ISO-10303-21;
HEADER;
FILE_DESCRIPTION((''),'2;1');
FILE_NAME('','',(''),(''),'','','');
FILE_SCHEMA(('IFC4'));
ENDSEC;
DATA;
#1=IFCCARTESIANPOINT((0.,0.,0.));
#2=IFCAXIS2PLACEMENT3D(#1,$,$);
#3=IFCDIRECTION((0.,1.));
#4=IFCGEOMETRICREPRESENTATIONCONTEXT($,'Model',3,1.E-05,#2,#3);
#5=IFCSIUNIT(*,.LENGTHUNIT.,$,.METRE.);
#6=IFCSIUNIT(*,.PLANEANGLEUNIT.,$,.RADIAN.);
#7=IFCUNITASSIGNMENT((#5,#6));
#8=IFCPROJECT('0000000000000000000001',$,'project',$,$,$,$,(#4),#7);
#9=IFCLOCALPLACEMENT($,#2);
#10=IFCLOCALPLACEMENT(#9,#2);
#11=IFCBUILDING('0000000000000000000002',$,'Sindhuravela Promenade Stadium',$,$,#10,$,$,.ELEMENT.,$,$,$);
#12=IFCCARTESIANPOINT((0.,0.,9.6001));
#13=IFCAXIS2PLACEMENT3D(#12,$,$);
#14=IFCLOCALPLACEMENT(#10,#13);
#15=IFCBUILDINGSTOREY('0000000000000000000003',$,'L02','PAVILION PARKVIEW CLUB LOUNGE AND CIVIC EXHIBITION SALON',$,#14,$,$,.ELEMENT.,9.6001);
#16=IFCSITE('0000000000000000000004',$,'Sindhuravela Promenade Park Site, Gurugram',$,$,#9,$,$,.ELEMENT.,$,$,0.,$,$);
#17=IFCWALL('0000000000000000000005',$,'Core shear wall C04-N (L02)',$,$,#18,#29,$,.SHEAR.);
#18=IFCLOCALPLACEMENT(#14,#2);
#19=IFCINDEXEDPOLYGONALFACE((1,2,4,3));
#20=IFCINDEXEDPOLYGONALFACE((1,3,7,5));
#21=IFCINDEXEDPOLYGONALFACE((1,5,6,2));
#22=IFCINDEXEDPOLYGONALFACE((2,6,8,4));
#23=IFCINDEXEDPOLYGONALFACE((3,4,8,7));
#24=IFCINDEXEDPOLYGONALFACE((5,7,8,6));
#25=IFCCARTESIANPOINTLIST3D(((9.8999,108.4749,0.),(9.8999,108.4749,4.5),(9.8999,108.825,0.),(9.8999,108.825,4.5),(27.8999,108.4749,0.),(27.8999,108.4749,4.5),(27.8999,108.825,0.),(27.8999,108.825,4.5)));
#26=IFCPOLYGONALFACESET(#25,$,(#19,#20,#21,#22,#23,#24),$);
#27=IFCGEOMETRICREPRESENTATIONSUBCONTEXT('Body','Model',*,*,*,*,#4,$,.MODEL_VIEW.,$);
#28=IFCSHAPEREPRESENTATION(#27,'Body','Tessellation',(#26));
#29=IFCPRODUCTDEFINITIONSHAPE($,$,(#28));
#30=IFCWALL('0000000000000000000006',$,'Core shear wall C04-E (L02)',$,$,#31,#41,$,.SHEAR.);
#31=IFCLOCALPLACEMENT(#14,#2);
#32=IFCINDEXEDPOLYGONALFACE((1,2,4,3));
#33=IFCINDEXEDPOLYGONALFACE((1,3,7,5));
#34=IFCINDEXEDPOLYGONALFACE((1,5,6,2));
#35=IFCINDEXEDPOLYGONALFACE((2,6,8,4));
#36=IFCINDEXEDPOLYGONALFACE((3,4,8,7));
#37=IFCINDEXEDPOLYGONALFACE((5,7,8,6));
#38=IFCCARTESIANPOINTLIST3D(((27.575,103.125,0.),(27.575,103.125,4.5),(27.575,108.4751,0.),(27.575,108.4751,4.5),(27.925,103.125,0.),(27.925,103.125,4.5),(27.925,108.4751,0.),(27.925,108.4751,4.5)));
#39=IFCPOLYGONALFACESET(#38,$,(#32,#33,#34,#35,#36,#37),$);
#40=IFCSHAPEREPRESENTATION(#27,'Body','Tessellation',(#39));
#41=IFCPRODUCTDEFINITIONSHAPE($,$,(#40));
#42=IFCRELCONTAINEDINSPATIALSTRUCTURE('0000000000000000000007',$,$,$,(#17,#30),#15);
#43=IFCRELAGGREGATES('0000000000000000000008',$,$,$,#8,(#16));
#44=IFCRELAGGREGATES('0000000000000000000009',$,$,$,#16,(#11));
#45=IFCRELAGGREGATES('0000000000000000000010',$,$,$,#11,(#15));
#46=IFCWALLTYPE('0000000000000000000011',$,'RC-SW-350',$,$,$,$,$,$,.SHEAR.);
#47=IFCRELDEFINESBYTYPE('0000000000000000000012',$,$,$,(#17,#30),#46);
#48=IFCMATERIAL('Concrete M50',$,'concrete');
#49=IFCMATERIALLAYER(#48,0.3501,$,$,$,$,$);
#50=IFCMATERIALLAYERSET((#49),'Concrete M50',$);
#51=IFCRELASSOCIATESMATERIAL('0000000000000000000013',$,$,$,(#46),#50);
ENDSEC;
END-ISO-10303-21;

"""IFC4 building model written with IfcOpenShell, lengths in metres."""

from ifc_helpers import new_model, si_unit, direction, frame, frame_2d, origin, place, context, subcontext, project, spatial, rectangle, extrude, material, layer, layer_set, type_object, element, save


model = new_model("IFC4")

# Units and contexts
model_context = context("Model", 3, precision=1e-05, world=origin(), true_north=direction((0.0, 1.0)))
body_context = subcontext(model_context, "Body", "Model", "MODEL_VIEW")
ifc_project = project(units=[si_unit("LENGTHUNIT", "METRE"), si_unit("PLANEANGLEUNIT", "RADIAN")], contexts=[model_context])

# Site, building, storey
site_placement = place(None, origin())
site = spatial("IfcSite", under=ifc_project, at=site_placement, Name="Sindhuravela Promenade Park Site, Gurugram", CompositionType="ELEMENT", RefElevation=0.0)
building_placement = place(site_placement, origin())
building = spatial("IfcBuilding", under=site, at=building_placement, Name="Sindhuravela Promenade Stadium", CompositionType="ELEMENT")
storey_placement = place(building_placement, frame((0.0, 0.0, 9.6001)))
storey = spatial("IfcBuildingStorey", under=building, at=storey_placement, Name="L02", Description="PAVILION PARKVIEW CLUB LOUNGE AND CIVIC EXHIBITION SALON", CompositionType="ELEMENT", Elevation=9.6001)

# Shared definitions
ifc_material_1 = material(Name="Concrete M50", Category="concrete")

# Walls
ifc_layer_1 = layer(ifc_material_1, 0.3501)
ifc_layer_set_1 = layer_set([ifc_layer_1], Name="Concrete M50")
wall_type_1 = type_object("IfcWallType", Name="RC-SW-350", PredefinedType="SHEAR", material=ifc_layer_set_1)
wall_1_placement = place(storey_placement, frame((27.8999, 108.6499, 0.0), z_axis=(0.0, 0.0, 1.0), x_axis=(-1.0, 0.0, 0.0)))
element("IfcWall", 1, at=wall_1_placement, inside=storey, type_object=wall_type_1, Name="Core shear wall C04-N (L02)", PredefinedType="SHEAR", context=body_context, shape_type="SweptSolid", body=[
    extrude(rectangle(XDim=18.0, YDim=0.3501, at=frame_2d((9.0, 0.0))), origin(), (0.0, 0.0, 1.0), 4.5),
])
wall_2_placement = place(storey_placement, frame((27.75, 103.125, 0.0), z_axis=(0.0, 0.0, 1.0), x_axis=(0.0, 1.0, 0.0)))
element("IfcWall", 2, at=wall_2_placement, inside=storey, type_object=wall_type_1, Name="Core shear wall C04-E (L02)", PredefinedType="SHEAR", context=body_context, shape_type="SweptSolid", body=[
    extrude(rectangle(XDim=5.3501, YDim=0.3501, at=frame_2d((2.675, 0.0))), origin(), (0.0, 0.0, 1.0), 4.5),
])

save(model, "model.ifc")
